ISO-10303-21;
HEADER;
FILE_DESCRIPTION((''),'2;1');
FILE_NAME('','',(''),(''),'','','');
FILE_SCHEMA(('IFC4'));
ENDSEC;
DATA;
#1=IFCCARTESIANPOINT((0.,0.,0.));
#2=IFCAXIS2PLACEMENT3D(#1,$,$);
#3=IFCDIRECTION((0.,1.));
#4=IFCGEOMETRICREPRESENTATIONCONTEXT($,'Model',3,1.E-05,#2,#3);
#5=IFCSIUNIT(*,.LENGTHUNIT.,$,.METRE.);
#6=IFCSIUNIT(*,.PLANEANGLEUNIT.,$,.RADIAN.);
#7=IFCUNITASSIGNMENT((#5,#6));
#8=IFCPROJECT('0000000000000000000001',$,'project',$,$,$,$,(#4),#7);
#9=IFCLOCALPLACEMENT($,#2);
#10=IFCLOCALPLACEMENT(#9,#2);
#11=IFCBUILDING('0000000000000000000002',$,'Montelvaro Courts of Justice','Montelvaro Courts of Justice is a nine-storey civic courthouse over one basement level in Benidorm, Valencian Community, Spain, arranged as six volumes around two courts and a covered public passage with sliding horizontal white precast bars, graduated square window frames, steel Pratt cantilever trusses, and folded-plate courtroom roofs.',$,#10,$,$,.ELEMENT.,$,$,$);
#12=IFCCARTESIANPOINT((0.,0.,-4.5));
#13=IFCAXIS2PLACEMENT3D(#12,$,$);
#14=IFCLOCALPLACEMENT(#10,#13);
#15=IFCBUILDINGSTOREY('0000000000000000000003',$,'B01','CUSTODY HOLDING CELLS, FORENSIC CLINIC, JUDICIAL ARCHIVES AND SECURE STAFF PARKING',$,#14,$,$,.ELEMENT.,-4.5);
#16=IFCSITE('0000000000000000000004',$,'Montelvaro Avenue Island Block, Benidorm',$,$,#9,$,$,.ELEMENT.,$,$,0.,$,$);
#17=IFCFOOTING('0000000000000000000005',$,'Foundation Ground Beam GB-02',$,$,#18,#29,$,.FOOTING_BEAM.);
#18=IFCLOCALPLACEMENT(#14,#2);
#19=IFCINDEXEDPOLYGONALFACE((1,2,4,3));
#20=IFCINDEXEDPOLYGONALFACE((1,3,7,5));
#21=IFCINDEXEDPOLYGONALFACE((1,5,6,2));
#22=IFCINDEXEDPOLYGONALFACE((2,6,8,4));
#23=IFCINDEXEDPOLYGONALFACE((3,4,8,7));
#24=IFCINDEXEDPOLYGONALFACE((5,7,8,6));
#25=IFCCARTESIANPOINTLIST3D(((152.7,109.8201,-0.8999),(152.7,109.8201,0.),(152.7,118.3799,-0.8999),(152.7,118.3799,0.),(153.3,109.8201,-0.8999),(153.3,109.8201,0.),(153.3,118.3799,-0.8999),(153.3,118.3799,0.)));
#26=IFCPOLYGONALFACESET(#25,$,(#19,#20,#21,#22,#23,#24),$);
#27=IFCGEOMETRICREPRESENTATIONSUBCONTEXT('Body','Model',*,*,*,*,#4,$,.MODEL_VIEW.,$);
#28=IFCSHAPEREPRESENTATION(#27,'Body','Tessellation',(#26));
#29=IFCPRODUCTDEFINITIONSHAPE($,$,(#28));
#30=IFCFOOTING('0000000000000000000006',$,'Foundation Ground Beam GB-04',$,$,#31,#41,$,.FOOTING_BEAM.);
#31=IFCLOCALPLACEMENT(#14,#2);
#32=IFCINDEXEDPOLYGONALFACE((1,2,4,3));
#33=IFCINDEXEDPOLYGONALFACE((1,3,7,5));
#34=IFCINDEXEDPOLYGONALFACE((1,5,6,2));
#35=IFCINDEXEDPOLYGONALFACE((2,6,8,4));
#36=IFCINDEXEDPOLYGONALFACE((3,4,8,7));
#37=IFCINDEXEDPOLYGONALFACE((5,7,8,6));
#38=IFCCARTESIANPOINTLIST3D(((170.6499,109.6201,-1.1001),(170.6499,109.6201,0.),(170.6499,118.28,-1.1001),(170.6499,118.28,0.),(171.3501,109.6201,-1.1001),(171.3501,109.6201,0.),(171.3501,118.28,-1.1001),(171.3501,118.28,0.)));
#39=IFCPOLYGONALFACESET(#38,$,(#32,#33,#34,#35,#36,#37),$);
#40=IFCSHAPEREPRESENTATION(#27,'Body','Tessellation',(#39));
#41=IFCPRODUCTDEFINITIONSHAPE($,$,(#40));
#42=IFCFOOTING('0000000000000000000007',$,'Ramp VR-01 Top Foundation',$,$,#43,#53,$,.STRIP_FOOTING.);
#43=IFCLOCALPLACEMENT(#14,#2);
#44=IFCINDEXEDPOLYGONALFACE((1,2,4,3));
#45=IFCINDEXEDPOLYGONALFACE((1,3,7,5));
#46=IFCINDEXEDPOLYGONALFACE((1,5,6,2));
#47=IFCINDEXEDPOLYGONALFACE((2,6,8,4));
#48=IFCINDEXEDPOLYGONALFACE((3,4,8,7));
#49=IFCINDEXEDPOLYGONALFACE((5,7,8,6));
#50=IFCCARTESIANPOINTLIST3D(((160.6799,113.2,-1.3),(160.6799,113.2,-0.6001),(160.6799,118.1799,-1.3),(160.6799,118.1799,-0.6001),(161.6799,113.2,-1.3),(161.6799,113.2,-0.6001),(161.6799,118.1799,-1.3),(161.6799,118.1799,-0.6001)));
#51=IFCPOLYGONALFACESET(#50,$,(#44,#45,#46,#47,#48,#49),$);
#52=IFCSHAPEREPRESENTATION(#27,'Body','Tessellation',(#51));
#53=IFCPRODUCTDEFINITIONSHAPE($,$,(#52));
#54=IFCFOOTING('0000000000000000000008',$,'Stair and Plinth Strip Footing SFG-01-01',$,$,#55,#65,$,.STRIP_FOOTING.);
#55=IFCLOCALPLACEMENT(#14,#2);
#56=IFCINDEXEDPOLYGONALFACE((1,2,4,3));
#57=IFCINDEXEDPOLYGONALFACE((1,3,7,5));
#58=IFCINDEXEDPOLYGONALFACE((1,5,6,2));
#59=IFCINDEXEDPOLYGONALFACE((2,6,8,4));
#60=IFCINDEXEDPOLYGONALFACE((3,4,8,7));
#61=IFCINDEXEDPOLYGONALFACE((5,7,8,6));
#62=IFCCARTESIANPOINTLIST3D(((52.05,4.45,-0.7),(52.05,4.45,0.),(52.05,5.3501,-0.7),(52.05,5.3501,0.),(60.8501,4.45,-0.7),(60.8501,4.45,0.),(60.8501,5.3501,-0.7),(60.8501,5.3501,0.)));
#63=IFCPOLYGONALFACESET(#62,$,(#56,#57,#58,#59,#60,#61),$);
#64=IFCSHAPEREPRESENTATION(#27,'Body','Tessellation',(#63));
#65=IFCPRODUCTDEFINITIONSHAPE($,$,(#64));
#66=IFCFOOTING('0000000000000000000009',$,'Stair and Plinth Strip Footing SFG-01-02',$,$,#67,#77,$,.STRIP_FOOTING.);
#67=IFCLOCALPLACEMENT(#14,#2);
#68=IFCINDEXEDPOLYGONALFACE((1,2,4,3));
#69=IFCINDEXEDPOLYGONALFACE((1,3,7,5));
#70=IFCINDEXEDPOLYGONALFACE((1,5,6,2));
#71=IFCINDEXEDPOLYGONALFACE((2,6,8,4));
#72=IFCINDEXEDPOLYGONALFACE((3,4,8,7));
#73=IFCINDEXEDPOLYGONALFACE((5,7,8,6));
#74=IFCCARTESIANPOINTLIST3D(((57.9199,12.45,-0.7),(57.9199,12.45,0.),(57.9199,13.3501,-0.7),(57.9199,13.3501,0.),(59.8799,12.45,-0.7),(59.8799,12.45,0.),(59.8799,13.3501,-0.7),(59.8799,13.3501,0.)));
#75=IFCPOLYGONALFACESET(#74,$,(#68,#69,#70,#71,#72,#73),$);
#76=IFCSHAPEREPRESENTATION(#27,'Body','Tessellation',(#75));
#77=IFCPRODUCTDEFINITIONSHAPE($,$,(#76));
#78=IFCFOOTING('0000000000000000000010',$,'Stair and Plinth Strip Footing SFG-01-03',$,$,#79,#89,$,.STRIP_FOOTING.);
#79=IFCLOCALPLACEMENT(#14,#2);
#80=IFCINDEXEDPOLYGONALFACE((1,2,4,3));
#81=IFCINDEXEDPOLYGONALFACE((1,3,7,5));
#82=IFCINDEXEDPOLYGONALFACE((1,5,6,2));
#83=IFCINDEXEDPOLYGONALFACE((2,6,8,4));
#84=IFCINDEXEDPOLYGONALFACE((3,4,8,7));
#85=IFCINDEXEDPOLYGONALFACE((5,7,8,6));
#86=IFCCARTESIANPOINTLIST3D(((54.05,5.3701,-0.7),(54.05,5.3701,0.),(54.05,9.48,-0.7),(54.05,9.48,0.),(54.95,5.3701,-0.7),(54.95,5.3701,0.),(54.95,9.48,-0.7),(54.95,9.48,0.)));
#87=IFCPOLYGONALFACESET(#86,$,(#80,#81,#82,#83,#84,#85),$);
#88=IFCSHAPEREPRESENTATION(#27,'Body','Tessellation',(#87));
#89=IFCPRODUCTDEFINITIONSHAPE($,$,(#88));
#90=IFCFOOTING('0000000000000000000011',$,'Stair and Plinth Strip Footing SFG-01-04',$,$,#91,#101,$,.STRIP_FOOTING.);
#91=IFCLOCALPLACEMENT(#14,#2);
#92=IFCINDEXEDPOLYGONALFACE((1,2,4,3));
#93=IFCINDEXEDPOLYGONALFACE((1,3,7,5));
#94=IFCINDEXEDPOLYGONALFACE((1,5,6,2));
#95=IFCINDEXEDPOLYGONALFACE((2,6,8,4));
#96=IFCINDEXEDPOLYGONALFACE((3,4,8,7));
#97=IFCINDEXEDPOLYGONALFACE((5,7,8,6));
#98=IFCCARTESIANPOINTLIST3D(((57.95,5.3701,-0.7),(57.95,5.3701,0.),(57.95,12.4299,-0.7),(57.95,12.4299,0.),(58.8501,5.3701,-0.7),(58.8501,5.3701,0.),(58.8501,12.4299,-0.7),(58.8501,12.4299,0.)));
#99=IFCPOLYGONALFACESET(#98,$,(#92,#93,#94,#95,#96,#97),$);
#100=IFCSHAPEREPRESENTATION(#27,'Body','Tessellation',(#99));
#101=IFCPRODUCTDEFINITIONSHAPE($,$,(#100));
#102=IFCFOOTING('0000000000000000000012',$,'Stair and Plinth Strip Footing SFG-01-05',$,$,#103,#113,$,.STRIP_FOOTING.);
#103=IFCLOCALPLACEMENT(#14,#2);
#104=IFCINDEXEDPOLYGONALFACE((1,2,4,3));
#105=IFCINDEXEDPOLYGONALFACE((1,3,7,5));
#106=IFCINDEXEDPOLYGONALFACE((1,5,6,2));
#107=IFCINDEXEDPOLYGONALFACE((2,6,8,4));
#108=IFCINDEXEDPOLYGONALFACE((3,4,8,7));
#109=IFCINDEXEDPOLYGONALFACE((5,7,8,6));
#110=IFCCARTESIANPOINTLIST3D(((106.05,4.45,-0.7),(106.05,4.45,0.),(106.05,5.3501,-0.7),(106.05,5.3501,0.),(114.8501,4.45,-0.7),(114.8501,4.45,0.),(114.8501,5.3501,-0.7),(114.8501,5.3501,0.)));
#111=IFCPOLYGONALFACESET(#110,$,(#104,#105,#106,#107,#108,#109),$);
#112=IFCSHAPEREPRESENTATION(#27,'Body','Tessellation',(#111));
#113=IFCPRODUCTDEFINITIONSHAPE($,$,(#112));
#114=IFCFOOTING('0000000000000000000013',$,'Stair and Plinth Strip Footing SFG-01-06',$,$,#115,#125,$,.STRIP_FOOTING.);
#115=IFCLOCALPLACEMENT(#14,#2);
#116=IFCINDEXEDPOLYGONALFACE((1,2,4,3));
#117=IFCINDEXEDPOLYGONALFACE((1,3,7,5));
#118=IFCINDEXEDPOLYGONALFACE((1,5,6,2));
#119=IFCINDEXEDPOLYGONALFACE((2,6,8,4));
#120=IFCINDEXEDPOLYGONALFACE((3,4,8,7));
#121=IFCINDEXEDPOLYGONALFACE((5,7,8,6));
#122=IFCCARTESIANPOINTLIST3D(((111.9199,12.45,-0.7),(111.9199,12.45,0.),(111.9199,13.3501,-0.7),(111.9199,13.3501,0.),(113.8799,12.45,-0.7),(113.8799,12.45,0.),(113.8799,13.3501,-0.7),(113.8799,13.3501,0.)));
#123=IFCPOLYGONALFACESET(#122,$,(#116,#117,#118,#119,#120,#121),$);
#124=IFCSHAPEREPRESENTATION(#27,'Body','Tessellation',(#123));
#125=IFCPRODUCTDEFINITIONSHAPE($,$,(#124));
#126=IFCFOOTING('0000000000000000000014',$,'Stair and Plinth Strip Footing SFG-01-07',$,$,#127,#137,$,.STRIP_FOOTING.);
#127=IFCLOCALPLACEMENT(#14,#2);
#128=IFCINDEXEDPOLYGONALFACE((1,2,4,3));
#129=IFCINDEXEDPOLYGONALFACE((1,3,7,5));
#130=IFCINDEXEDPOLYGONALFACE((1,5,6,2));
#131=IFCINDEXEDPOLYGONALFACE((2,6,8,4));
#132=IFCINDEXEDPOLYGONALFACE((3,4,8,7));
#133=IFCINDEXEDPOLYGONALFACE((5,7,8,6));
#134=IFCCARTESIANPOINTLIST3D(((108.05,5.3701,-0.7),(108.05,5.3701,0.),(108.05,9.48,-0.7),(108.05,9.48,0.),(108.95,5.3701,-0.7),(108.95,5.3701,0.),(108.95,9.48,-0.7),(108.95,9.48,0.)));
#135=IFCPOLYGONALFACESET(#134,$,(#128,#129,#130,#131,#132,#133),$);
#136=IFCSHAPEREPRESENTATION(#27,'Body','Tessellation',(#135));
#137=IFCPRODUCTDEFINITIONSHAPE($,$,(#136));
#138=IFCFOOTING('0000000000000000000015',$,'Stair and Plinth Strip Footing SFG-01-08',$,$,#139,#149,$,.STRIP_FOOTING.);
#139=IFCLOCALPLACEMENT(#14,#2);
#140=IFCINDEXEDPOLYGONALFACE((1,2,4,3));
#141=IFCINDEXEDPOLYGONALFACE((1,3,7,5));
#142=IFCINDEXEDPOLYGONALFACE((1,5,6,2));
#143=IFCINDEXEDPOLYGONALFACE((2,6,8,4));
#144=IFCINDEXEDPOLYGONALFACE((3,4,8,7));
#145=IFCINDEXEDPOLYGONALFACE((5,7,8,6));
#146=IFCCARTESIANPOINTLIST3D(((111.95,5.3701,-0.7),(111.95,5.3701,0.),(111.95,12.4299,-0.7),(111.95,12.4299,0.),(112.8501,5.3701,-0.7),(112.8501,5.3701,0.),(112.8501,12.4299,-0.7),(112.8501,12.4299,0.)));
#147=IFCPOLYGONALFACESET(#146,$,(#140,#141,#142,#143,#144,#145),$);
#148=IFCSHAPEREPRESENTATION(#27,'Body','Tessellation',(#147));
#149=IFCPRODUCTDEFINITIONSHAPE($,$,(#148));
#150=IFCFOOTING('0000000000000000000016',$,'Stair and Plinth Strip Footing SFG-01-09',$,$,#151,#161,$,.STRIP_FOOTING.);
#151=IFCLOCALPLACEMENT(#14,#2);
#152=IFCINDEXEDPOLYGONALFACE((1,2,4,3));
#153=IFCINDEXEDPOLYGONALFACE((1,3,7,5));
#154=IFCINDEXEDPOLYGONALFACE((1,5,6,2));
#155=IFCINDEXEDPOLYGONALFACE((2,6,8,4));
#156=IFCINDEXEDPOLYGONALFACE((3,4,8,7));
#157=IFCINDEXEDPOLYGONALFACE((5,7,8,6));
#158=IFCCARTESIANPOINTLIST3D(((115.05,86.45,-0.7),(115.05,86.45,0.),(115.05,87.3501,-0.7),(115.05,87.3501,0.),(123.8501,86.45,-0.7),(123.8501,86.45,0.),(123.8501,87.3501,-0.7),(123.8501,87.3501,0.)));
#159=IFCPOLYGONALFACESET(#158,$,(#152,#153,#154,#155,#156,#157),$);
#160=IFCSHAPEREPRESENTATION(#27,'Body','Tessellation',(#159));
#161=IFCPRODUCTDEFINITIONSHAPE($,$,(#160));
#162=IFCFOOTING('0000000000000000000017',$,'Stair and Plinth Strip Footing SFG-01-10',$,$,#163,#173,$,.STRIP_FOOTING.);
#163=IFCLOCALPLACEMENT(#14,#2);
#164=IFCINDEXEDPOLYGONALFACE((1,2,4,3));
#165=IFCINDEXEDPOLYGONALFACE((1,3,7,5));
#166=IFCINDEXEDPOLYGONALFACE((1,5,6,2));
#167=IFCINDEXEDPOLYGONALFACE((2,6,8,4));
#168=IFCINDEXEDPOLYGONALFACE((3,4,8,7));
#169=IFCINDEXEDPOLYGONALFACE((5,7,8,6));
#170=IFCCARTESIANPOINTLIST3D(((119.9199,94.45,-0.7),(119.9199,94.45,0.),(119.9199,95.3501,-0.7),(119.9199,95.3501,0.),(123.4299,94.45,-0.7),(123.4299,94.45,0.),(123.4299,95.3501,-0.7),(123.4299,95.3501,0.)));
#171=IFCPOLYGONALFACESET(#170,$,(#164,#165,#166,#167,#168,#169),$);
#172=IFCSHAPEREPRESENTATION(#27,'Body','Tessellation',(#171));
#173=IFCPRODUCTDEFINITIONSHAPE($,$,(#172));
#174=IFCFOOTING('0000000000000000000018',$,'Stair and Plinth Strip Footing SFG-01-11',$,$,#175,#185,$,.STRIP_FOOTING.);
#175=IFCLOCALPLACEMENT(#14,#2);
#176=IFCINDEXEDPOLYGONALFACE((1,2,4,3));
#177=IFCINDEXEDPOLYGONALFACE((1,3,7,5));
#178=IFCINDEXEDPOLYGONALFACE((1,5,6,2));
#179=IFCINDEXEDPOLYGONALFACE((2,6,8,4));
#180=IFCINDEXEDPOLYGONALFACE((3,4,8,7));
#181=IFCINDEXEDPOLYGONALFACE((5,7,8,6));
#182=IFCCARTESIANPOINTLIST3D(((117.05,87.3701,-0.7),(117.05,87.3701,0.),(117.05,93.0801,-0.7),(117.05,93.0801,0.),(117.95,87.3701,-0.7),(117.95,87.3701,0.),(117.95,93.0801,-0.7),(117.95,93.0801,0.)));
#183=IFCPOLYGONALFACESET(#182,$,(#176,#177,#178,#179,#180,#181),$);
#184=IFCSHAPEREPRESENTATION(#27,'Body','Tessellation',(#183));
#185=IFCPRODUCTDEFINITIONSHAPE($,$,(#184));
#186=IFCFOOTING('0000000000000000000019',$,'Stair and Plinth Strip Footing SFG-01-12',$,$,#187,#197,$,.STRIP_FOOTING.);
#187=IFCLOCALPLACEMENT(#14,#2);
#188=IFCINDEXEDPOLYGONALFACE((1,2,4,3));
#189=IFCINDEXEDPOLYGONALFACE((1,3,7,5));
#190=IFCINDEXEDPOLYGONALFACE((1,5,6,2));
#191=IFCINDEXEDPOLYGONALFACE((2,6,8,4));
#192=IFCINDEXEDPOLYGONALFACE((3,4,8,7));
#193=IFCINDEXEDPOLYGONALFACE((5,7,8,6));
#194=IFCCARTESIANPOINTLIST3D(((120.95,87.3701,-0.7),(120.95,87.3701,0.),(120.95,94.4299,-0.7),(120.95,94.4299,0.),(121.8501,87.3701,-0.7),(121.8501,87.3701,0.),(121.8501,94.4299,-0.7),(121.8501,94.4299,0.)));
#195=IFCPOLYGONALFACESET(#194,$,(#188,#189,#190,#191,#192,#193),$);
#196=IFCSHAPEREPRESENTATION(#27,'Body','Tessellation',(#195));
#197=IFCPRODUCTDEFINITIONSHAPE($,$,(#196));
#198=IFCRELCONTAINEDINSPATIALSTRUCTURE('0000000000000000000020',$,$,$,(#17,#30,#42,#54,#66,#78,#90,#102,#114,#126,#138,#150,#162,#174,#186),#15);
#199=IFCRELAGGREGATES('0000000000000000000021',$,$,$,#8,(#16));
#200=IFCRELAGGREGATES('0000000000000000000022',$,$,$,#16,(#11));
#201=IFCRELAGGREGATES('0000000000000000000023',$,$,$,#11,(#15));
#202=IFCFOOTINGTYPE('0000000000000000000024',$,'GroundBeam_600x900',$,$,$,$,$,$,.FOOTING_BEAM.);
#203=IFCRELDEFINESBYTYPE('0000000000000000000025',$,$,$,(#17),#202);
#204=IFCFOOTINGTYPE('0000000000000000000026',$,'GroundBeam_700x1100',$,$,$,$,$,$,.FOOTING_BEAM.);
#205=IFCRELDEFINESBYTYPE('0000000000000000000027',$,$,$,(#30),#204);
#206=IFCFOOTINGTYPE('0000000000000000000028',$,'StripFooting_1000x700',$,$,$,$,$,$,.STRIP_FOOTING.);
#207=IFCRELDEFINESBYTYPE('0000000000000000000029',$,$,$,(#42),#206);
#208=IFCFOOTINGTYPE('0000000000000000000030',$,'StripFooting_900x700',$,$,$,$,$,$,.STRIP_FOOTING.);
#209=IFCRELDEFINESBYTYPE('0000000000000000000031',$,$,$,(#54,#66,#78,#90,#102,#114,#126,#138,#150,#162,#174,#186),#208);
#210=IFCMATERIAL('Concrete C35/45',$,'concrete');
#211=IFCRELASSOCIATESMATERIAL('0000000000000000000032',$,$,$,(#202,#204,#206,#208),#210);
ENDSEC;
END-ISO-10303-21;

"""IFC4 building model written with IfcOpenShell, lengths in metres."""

from ifc_helpers import new_model, si_unit, direction, frame, origin, place, context, subcontext, project, spatial, polyline, outline, extrude, material, type_object, element, save


model = new_model("IFC4")

# Units and contexts
model_context = context("Model", 3, precision=1e-05, world=origin(), true_north=direction((0.0, 1.0)))
body_context = subcontext(model_context, "Body", "Model", "MODEL_VIEW")
ifc_project = project(units=[si_unit("LENGTHUNIT", "METRE"), si_unit("PLANEANGLEUNIT", "RADIAN")], contexts=[model_context])

# Site, building, storey
site_placement = place(None, origin())
site = spatial("IfcSite", under=ifc_project, at=site_placement, Name="Montelvaro Avenue Island Block, Benidorm", CompositionType="ELEMENT", RefElevation=0.0)
building_placement = place(site_placement, origin())
building = spatial("IfcBuilding", under=site, at=building_placement, Name="Montelvaro Courts of Justice", Description="Montelvaro Courts of Justice is a nine-storey civic courthouse over one basement level in Benidorm, Valencian Community, Spain, arranged as six volumes around two courts and a covered public passage with sliding horizontal white precast bars, graduated square window frames, steel Pratt cantilever trusses, and folded-plate courtroom roofs.", CompositionType="ELEMENT")
storey_placement = place(building_placement, frame((0.0, 0.0, -4.5)))
storey = spatial("IfcBuildingStorey", under=building, at=storey_placement, Name="B01", Description="CUSTODY HOLDING CELLS, FORENSIC CLINIC, JUDICIAL ARCHIVES AND SECURE STAFF PARKING", CompositionType="ELEMENT", Elevation=-4.5)

# Footings
ifc_material = material(Name="Concrete C35/45", Category="concrete")
footing_type_1 = type_object("IfcFootingType", Name="GroundBeam_600x900", PredefinedType="FOOTING_BEAM", material=ifc_material)
footing_1_placement = place(storey_placement, frame((0.0, 0.0, -0.8999)))
element("IfcFooting", 1, at=footing_1_placement, inside=storey, type_object=footing_type_1, Name="Foundation Ground Beam GB-02", PredefinedType="FOOTING_BEAM", context=body_context, shape_type="SweptSolid", body=[
    extrude(outline(polyline([(152.7, 109.8201), (153.3, 109.8201), (153.3, 118.3799), (152.7, 118.3799), (152.7, 109.8201)])), origin(), (0.0, 0.0, 1.0), 0.8999),
])
footing_type_2 = type_object("IfcFootingType", Name="GroundBeam_700x1100", PredefinedType="FOOTING_BEAM", material=ifc_material)
footing_2_placement = place(storey_placement, frame((0.0, 0.0, -1.1001)))
element("IfcFooting", 2, at=footing_2_placement, inside=storey, type_object=footing_type_2, Name="Foundation Ground Beam GB-04", PredefinedType="FOOTING_BEAM", context=body_context, shape_type="SweptSolid", body=[
    extrude(outline(polyline([(170.6499, 109.6201), (171.3501, 109.6201), (171.3501, 118.28), (170.6499, 118.28), (170.6499, 109.6201)])), origin(), (0.0, 0.0, 1.0), 1.1001),
])
footing_type_3 = type_object("IfcFootingType", Name="StripFooting_1000x700", PredefinedType="STRIP_FOOTING", material=ifc_material)
footing_3_placement = place(storey_placement, frame((0.0, 0.0, -1.3)))
element("IfcFooting", 3, at=footing_3_placement, inside=storey, type_object=footing_type_3, Name="Ramp VR-01 Top Foundation", PredefinedType="STRIP_FOOTING", context=body_context, shape_type="SweptSolid", body=[
    extrude(outline(polyline([(160.6799, 113.2), (161.6799, 113.2), (161.6799, 118.1799), (160.6799, 118.1799), (160.6799, 113.2)])), origin(), (0.0, 0.0, 1.0), 0.7),
])
footing_type_4 = type_object("IfcFootingType", Name="StripFooting_900x700", PredefinedType="STRIP_FOOTING", material=ifc_material)
footing_4_placement = place(storey_placement, frame((0.0, 0.0, -0.7)))
element("IfcFooting", 4, at=footing_4_placement, inside=storey, type_object=footing_type_4, Name="Stair and Plinth Strip Footing SFG-01-01", PredefinedType="STRIP_FOOTING", context=body_context, shape_type="SweptSolid", body=[
    extrude(outline(polyline([(52.05, 4.45), (60.8501, 4.45), (60.8501, 5.3501), (52.05, 5.3501), (52.05, 4.45)])), origin(), (0.0, 0.0, 1.0), 0.7),
])
footing_5_placement = place(storey_placement, frame((0.0, 0.0, -0.7)))
element("IfcFooting", 5, at=footing_5_placement, inside=storey, type_object=footing_type_4, Name="Stair and Plinth Strip Footing SFG-01-02", PredefinedType="STRIP_FOOTING", context=body_context, shape_type="SweptSolid", body=[
    extrude(outline(polyline([(57.9199, 12.45), (59.8799, 12.45), (59.8799, 13.3501), (57.9199, 13.3501), (57.9199, 12.45)])), origin(), (0.0, 0.0, 1.0), 0.7),
])
footing_6_placement = place(storey_placement, frame((0.0, 0.0, -0.7)))
element("IfcFooting", 6, at=footing_6_placement, inside=storey, type_object=footing_type_4, Name="Stair and Plinth Strip Footing SFG-01-03", PredefinedType="STRIP_FOOTING", context=body_context, shape_type="SweptSolid", body=[
    extrude(outline(polyline([(54.05, 5.3701), (54.95, 5.3701), (54.95, 9.48), (54.05, 9.48), (54.05, 5.3701)])), origin(), (0.0, 0.0, 1.0), 0.7),
])
footing_7_placement = place(storey_placement, frame((0.0, 0.0, -0.7)))
element("IfcFooting", 7, at=footing_7_placement, inside=storey, type_object=footing_type_4, Name="Stair and Plinth Strip Footing SFG-01-04", PredefinedType="STRIP_FOOTING", context=body_context, shape_type="SweptSolid", body=[
    extrude(outline(polyline([(57.95, 5.3701), (58.8501, 5.3701), (58.8501, 12.4299), (57.95, 12.4299), (57.95, 5.3701)])), origin(), (0.0, 0.0, 1.0), 0.7),
])
footing_8_placement = place(storey_placement, frame((0.0, 0.0, -0.7)))
element("IfcFooting", 8, at=footing_8_placement, inside=storey, type_object=footing_type_4, Name="Stair and Plinth Strip Footing SFG-01-05", PredefinedType="STRIP_FOOTING", context=body_context, shape_type="SweptSolid", body=[
    extrude(outline(polyline([(106.05, 4.45), (114.8501, 4.45), (114.8501, 5.3501), (106.05, 5.3501), (106.05, 4.45)])), origin(), (0.0, 0.0, 1.0), 0.7),
])
footing_9_placement = place(storey_placement, frame((0.0, 0.0, -0.7)))
element("IfcFooting", 9, at=footing_9_placement, inside=storey, type_object=footing_type_4, Name="Stair and Plinth Strip Footing SFG-01-06", PredefinedType="STRIP_FOOTING", context=body_context, shape_type="SweptSolid", body=[
    extrude(outline(polyline([(111.9199, 12.45), (113.8799, 12.45), (113.8799, 13.3501), (111.9199, 13.3501), (111.9199, 12.45)])), origin(), (0.0, 0.0, 1.0), 0.7),
])
footing_10_placement = place(storey_placement, frame((0.0, 0.0, -0.7)))
element("IfcFooting", 10, at=footing_10_placement, inside=storey, type_object=footing_type_4, Name="Stair and Plinth Strip Footing SFG-01-07", PredefinedType="STRIP_FOOTING", context=body_context, shape_type="SweptSolid", body=[
    extrude(outline(polyline([(108.05, 5.3701), (108.95, 5.3701), (108.95, 9.48), (108.05, 9.48), (108.05, 5.3701)])), origin(), (0.0, 0.0, 1.0), 0.7),
])
footing_11_placement = place(storey_placement, frame((0.0, 0.0, -0.7)))
element("IfcFooting", 11, at=footing_11_placement, inside=storey, type_object=footing_type_4, Name="Stair and Plinth Strip Footing SFG-01-08", PredefinedType="STRIP_FOOTING", context=body_context, shape_type="SweptSolid", body=[
    extrude(outline(polyline([(111.95, 5.3701), (112.8501, 5.3701), (112.8501, 12.4299), (111.95, 12.4299), (111.95, 5.3701)])), origin(), (0.0, 0.0, 1.0), 0.7),
])
footing_12_placement = place(storey_placement, frame((0.0, 0.0, -0.7)))
element("IfcFooting", 12, at=footing_12_placement, inside=storey, type_object=footing_type_4, Name="Stair and Plinth Strip Footing SFG-01-09", PredefinedType="STRIP_FOOTING", context=body_context, shape_type="SweptSolid", body=[
    extrude(outline(polyline([(115.05, 86.45), (123.8501, 86.45), (123.8501, 87.3501), (115.05, 87.3501), (115.05, 86.45)])), origin(), (0.0, 0.0, 1.0), 0.7),
])
footing_13_placement = place(storey_placement, frame((0.0, 0.0, -0.7)))
element("IfcFooting", 13, at=footing_13_placement, inside=storey, type_object=footing_type_4, Name="Stair and Plinth Strip Footing SFG-01-10", PredefinedType="STRIP_FOOTING", context=body_context, shape_type="SweptSolid", body=[
    extrude(outline(polyline([(119.9199, 94.45), (123.4299, 94.45), (123.4299, 95.3501), (119.9199, 95.3501), (119.9199, 94.45)])), origin(), (0.0, 0.0, 1.0), 0.7),
])
footing_14_placement = place(storey_placement, frame((0.0, 0.0, -0.7)))
element("IfcFooting", 14, at=footing_14_placement, inside=storey, type_object=footing_type_4, Name="Stair and Plinth Strip Footing SFG-01-11", PredefinedType="STRIP_FOOTING", context=body_context, shape_type="SweptSolid", body=[
    extrude(outline(polyline([(117.05, 87.3701), (117.95, 87.3701), (117.95, 93.0801), (117.05, 93.0801), (117.05, 87.3701)])), origin(), (0.0, 0.0, 1.0), 0.7),
])
footing_15_placement = place(storey_placement, frame((0.0, 0.0, -0.7)))
element("IfcFooting", 15, at=footing_15_placement, inside=storey, type_object=footing_type_4, Name="Stair and Plinth Strip Footing SFG-01-12", PredefinedType="STRIP_FOOTING", context=body_context, shape_type="SweptSolid", body=[
    extrude(outline(polyline([(120.95, 87.3701), (121.8501, 87.3701), (121.8501, 94.4299), (120.95, 94.4299), (120.95, 87.3701)])), origin(), (0.0, 0.0, 1.0), 0.7),
])

save(model, "model.ifc")
